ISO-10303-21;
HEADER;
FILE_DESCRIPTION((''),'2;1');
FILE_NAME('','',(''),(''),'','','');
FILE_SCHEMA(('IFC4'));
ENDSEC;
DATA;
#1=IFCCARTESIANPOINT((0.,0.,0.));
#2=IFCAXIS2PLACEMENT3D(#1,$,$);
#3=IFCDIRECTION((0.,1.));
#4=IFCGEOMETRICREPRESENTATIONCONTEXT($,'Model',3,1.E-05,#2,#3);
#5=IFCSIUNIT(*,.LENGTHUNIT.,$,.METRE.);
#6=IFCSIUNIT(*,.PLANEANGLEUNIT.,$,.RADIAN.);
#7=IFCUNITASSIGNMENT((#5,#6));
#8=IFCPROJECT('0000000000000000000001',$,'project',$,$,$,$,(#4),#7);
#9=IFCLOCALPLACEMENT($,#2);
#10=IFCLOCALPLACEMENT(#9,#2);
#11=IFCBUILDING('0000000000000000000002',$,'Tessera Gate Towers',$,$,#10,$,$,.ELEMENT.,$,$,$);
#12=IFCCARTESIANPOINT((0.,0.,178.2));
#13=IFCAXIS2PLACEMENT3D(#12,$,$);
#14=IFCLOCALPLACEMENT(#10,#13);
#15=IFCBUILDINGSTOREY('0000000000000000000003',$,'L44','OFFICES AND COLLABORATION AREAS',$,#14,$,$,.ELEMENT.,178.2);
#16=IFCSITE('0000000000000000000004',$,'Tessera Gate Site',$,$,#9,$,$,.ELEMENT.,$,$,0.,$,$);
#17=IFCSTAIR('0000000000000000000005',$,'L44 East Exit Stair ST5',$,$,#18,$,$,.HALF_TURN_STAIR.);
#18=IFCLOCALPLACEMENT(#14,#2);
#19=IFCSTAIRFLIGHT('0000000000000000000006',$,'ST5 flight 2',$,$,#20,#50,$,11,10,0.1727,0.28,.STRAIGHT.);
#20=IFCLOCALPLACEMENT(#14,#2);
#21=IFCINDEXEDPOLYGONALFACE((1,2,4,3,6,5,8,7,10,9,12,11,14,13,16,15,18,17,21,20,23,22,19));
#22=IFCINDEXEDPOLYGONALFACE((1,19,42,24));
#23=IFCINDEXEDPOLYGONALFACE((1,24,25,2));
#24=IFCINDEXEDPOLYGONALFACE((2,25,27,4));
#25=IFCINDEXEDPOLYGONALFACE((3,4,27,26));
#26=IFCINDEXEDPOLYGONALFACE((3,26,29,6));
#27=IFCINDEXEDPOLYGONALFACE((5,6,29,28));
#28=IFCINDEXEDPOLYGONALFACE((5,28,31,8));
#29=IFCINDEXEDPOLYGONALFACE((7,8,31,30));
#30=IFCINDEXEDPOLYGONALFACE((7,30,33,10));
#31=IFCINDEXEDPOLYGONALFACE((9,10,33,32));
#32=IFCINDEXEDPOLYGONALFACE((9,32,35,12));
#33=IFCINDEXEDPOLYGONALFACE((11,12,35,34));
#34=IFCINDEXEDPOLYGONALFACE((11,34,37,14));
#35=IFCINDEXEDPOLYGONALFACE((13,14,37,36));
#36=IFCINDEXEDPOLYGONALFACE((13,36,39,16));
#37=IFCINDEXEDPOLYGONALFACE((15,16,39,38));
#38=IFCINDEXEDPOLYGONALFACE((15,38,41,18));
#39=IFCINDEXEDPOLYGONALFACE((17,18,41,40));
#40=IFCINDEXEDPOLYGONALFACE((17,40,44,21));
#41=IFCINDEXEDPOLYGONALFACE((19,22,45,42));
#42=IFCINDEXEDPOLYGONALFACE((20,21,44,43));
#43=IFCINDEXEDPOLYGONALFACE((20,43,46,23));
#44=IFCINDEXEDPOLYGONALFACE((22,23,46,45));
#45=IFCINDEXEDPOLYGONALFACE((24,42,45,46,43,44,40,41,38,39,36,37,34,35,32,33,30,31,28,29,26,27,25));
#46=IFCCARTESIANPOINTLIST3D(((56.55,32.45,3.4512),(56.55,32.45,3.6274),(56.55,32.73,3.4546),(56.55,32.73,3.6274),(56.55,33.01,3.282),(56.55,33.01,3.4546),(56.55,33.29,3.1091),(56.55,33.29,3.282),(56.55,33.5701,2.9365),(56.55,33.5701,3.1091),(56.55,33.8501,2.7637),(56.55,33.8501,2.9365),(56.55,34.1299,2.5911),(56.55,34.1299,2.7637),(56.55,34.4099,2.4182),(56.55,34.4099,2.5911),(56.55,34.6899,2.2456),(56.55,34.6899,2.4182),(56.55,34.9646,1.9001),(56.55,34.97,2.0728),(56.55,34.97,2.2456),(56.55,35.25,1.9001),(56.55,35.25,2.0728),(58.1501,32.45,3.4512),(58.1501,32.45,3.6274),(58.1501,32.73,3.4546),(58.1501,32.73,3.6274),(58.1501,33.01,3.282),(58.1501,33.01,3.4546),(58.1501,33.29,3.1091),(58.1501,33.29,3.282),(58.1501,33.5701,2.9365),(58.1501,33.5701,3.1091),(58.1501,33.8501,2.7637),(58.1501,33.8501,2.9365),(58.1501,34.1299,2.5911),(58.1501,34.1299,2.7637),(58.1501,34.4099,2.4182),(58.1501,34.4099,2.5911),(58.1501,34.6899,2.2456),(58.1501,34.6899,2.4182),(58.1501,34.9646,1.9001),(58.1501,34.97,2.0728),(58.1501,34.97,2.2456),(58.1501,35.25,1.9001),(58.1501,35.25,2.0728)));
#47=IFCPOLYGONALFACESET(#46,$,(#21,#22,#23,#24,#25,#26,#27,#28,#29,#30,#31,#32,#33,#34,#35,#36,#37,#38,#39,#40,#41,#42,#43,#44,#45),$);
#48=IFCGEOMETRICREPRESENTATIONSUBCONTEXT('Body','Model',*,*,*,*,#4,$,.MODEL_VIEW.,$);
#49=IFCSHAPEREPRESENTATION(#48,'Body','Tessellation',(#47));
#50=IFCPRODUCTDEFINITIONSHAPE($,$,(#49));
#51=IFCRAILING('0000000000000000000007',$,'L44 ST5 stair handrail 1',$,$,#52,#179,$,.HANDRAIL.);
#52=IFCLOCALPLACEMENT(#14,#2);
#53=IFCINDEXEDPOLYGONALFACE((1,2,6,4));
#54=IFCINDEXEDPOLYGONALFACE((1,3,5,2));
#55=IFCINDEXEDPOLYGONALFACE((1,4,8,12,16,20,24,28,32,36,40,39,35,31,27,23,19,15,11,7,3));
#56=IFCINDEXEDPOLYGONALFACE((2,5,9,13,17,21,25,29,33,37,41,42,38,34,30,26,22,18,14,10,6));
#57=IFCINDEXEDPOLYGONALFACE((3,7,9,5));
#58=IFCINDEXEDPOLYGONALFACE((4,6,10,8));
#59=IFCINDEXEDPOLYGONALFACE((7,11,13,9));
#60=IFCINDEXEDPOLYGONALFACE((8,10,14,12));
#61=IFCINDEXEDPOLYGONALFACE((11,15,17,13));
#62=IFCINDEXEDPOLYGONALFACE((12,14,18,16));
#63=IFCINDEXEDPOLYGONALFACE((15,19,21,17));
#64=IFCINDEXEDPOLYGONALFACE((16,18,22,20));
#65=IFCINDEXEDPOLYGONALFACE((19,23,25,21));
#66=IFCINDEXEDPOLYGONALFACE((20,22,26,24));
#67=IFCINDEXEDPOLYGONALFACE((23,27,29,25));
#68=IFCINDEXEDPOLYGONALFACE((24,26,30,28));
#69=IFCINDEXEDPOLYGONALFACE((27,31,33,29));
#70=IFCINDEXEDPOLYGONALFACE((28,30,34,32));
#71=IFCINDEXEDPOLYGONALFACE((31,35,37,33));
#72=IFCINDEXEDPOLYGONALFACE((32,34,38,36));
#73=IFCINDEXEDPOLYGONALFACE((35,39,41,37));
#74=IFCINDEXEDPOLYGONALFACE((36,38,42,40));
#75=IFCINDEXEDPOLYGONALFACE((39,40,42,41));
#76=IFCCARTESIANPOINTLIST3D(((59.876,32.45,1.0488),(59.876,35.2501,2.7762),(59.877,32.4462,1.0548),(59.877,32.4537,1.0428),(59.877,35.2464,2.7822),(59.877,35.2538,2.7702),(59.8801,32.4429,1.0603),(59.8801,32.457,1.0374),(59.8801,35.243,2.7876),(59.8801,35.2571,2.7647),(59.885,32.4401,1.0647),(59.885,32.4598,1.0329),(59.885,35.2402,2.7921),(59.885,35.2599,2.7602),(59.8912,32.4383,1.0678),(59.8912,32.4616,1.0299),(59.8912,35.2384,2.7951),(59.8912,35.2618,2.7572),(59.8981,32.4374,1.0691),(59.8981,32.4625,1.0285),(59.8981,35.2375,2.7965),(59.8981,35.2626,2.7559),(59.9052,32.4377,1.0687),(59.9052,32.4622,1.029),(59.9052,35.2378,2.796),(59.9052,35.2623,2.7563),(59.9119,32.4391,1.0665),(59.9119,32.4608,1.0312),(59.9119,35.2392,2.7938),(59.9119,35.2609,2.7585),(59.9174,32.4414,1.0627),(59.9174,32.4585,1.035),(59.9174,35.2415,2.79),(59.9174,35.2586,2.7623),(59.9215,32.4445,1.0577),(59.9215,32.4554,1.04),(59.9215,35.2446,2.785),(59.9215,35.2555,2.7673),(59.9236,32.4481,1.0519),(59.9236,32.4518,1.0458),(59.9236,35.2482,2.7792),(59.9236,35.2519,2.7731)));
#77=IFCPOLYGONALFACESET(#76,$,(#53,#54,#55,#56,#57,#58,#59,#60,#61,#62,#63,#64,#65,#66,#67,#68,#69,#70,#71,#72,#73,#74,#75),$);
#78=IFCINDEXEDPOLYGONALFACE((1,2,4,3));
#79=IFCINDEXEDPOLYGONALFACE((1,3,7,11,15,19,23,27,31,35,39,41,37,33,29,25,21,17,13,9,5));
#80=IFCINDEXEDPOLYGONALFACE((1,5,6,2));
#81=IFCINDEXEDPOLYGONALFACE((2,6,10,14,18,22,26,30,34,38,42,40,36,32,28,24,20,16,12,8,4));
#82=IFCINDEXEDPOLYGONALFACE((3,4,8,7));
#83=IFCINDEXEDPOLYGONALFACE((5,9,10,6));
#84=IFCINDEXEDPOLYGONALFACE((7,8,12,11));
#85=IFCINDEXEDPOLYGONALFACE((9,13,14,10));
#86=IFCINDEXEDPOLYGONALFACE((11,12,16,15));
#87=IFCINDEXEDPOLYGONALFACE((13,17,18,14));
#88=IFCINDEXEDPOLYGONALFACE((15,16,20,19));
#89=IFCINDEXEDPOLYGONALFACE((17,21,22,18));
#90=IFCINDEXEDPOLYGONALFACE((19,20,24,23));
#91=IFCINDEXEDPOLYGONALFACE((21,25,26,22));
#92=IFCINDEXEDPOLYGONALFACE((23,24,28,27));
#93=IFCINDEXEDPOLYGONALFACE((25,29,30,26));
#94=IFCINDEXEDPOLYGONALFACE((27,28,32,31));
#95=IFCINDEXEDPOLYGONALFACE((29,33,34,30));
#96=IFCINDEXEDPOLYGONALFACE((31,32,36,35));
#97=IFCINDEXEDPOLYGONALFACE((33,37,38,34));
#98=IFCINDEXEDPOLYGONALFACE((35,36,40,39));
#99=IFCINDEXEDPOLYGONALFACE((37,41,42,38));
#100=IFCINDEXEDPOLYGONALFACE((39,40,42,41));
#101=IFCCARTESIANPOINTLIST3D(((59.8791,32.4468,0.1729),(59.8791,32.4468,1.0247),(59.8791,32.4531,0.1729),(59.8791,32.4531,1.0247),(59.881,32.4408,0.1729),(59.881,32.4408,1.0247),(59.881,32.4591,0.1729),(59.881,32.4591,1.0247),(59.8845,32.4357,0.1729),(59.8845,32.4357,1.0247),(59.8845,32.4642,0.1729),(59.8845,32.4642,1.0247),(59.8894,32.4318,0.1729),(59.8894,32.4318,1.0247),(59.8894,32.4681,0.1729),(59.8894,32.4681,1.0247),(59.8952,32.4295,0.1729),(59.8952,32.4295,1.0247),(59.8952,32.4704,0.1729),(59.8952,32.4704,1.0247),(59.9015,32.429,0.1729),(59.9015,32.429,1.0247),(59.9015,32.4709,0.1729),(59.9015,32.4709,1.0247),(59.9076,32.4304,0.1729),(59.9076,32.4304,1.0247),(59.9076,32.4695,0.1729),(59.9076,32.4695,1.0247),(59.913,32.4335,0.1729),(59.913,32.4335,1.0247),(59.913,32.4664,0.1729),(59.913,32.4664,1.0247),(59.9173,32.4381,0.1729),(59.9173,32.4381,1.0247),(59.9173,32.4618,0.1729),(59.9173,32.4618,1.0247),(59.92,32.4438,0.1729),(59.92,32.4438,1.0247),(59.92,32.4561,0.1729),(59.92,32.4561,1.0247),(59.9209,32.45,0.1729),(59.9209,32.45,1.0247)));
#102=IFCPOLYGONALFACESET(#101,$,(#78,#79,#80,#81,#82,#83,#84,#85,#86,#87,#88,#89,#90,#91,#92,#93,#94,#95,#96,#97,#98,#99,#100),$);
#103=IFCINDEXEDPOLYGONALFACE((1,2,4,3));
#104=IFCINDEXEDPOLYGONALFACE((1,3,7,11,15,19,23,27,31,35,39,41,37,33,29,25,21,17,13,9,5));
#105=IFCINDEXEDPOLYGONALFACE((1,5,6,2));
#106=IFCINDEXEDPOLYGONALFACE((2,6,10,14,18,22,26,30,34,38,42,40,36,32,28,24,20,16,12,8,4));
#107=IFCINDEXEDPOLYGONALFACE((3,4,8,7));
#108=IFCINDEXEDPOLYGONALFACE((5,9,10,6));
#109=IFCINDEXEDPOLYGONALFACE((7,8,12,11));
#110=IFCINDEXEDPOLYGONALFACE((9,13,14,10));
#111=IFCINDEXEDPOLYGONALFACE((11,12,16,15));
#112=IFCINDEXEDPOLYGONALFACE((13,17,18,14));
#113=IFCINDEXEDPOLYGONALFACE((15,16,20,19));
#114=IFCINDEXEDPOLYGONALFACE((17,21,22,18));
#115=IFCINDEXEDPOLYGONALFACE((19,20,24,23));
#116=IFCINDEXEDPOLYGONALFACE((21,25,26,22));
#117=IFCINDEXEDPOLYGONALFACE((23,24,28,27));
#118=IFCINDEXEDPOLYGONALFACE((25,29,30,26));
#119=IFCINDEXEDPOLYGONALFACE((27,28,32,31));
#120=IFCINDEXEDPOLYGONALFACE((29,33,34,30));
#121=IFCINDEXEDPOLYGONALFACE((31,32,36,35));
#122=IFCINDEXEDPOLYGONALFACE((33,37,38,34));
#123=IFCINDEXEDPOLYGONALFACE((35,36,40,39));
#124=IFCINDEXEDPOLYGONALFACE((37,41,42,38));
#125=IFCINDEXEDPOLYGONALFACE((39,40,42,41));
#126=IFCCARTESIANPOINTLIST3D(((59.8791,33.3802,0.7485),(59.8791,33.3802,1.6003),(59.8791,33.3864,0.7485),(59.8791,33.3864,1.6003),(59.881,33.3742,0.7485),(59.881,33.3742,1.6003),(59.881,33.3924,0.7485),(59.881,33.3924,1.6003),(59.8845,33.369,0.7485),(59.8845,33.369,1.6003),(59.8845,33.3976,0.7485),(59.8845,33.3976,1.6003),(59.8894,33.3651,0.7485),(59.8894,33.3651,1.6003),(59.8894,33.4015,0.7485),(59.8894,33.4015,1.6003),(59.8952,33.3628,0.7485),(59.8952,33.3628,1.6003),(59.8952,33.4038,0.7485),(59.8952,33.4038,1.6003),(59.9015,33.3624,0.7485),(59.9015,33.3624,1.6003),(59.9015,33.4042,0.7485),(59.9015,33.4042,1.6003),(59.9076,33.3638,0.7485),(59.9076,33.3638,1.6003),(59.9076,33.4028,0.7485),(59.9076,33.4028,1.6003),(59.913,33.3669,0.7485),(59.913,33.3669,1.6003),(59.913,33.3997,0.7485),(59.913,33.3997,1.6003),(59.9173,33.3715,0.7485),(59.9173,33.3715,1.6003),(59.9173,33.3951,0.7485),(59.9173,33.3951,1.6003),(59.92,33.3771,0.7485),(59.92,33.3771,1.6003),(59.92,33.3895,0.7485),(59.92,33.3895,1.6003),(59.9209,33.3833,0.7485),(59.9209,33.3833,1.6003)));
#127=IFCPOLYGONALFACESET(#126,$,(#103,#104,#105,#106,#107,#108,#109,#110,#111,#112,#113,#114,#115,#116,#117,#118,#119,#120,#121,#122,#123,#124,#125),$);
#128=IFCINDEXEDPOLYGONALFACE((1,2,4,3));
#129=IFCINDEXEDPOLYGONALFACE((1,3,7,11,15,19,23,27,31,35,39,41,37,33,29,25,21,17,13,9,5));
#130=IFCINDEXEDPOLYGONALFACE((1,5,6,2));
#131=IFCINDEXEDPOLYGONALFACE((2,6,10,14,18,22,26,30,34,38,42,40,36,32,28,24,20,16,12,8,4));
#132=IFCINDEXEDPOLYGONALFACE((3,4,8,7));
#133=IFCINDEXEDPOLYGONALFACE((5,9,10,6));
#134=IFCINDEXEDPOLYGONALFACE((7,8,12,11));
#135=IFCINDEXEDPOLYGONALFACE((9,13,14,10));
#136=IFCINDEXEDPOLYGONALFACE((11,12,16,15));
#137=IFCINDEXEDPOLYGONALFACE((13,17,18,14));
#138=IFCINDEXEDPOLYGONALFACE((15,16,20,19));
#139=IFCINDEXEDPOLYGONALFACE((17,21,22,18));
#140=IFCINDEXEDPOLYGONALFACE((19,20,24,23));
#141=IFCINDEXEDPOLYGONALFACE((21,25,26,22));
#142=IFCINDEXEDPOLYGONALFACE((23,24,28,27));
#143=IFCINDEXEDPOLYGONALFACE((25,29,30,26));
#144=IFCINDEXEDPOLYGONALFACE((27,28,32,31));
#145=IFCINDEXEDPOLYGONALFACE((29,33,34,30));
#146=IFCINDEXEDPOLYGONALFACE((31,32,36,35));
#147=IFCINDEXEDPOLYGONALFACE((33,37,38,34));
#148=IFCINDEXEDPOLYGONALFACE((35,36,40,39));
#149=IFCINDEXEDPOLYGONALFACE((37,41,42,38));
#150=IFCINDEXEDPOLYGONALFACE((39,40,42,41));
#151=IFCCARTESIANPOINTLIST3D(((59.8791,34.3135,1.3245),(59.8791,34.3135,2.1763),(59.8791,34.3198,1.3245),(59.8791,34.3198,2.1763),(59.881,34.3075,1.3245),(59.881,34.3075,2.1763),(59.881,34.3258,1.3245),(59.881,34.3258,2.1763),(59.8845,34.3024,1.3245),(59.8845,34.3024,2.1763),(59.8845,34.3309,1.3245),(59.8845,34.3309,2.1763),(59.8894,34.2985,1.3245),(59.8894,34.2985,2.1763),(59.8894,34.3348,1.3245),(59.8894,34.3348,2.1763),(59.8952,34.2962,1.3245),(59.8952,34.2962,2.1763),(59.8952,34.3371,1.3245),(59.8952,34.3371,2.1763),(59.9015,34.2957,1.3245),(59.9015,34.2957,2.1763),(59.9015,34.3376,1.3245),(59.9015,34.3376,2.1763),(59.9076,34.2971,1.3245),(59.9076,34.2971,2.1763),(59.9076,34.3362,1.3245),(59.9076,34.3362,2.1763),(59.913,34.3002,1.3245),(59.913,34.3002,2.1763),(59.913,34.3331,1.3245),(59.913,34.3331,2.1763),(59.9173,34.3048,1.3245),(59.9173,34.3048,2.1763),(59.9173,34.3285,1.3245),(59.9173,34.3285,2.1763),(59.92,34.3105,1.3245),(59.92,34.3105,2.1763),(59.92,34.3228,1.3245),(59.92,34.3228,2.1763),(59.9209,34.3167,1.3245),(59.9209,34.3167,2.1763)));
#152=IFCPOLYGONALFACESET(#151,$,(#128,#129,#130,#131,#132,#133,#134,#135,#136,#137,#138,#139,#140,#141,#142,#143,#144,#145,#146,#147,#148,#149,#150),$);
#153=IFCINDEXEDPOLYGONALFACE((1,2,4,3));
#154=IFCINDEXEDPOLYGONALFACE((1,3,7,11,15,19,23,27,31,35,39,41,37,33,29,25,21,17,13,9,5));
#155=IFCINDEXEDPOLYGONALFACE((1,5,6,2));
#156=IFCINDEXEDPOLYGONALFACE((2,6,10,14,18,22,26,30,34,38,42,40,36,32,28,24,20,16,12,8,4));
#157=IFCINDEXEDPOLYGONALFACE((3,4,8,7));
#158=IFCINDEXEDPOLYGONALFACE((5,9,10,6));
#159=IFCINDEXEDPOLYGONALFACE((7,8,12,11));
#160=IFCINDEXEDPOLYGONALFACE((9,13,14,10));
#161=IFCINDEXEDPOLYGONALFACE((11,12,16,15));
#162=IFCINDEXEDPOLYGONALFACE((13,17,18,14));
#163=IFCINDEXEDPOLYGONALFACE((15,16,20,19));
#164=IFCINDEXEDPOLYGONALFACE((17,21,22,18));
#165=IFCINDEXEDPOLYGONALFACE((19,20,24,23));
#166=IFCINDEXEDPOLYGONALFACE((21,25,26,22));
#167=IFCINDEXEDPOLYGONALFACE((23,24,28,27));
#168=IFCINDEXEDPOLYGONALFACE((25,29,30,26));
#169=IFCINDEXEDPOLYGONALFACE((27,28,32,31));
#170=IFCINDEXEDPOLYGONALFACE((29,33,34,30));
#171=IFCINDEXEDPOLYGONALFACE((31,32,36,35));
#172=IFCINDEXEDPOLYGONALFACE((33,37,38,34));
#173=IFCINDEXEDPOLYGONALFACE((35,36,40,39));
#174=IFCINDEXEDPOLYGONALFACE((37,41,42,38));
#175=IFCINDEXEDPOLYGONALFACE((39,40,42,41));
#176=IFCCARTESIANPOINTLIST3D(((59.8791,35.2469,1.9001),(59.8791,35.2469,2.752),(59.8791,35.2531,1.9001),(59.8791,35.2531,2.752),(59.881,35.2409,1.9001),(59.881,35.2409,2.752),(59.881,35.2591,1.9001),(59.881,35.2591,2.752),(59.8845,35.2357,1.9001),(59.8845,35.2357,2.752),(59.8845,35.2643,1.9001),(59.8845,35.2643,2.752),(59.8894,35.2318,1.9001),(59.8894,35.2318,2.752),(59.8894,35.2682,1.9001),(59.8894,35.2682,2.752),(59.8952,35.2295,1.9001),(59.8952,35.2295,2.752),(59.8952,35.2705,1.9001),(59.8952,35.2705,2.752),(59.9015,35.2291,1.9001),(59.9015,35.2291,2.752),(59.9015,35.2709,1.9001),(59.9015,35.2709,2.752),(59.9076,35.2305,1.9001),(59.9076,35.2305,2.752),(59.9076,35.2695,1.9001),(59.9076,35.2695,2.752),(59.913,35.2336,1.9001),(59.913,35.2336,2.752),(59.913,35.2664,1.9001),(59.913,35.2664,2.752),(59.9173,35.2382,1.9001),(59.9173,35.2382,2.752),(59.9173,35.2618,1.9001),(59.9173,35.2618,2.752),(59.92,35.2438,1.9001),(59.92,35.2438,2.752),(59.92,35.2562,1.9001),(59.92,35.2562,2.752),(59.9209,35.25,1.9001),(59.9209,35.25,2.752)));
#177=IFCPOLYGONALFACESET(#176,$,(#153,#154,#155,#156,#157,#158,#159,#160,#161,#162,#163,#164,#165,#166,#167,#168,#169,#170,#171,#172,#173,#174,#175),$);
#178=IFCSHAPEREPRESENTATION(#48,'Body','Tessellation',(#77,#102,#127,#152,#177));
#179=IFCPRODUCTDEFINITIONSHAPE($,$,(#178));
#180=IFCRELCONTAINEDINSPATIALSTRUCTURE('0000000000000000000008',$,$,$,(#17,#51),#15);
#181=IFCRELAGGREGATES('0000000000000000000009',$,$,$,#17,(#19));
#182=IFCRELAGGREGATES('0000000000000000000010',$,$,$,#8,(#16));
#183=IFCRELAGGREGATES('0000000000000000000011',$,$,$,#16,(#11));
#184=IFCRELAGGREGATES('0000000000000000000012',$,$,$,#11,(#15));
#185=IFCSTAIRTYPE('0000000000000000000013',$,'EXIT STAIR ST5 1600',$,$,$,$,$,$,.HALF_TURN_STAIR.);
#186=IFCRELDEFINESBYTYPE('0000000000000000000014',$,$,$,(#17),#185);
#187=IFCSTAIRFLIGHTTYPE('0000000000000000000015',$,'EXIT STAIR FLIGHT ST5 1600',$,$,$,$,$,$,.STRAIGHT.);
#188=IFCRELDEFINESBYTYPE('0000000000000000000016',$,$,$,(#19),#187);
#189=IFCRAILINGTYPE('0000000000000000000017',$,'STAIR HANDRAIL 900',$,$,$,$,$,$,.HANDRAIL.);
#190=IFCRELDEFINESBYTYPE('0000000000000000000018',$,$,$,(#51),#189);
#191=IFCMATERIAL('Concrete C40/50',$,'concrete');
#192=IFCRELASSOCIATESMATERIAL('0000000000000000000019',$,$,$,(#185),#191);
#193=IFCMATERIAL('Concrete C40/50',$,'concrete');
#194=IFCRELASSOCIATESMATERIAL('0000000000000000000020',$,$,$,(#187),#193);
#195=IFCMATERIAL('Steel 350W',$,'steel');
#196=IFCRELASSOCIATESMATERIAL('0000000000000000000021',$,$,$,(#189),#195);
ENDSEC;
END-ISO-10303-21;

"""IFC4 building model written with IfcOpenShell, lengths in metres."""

from ifc_helpers import new_model, si_unit, direction, frame, origin, origin_2d, place, context, subcontext, project, spatial, polyline, circle, outline, extrude, material, type_object, element, aggregate, save


model = new_model("IFC4")

# Units and contexts
model_context = context("Model", 3, precision=1e-05, world=origin(), true_north=direction((0.0, 1.0)))
body_context = subcontext(model_context, "Body", "Model", "MODEL_VIEW")
ifc_project = project(units=[si_unit("LENGTHUNIT", "METRE"), si_unit("PLANEANGLEUNIT", "RADIAN")], contexts=[model_context])

# Site, building, storey
site_placement = place(None, origin())
site = spatial("IfcSite", under=ifc_project, at=site_placement, Name="Tessera Gate Site", CompositionType="ELEMENT", RefElevation=0.0)
building_placement = place(site_placement, origin())
building = spatial("IfcBuilding", under=site, at=building_placement, Name="Tessera Gate Towers", CompositionType="ELEMENT")
storey_placement = place(building_placement, frame((0.0, 0.0, 178.2)))
storey = spatial("IfcBuildingStorey", under=building, at=storey_placement, Name="L44", Description="OFFICES AND COLLABORATION AREAS", CompositionType="ELEMENT", Elevation=178.2)

# Stair, stair flight
ifc_material_1 = material(Name="Concrete C40/50", Category="concrete")
stair_type_1 = type_object("IfcStairType", Name="EXIT STAIR ST5 1600", PredefinedType="HALF_TURN_STAIR", material=ifc_material_1)
stair_1_placement = place(storey_placement, origin())
stair_1 = element("IfcStair", 1, at=stair_1_placement, inside=storey, type_object=stair_type_1, Name="L44 East Exit Stair ST5", PredefinedType="HALF_TURN_STAIR")
ifc_material_2 = material(Name="Concrete C40/50", Category="concrete")
stair_flight_type_1 = type_object("IfcStairFlightType", Name="EXIT STAIR FLIGHT ST5 1600", PredefinedType="STRAIGHT", material=ifc_material_2)
stair_flight_1_placement = place(storey_placement, frame((57.3501, 35.25, 1.9001), z_axis=(0.0, 0.0, 1.0), x_axis=(0.0, -1.0, 0.0)))
stair_flight_1 = element("IfcStairFlight", 2, at=stair_flight_1_placement, type_object=stair_flight_type_1, Name="ST5 flight 2", NumberOfRisers=11, NumberOfTreads=10, PredefinedType="STRAIGHT", RiserHeight=0.1727, TreadLength=0.28, context=body_context, shape_type="SweptSolid", body=[
    extrude(outline(polyline([(0.0, 0.0), (0.0, 0.1726), (0.28, 0.1726), (0.28, 0.3455), (0.5601, 0.3455), (0.5601, 0.5181), (0.8401, 0.5181), (0.8401, 0.6909), (1.1201, 0.6909), (1.1201, 0.8635), (1.3999, 0.8635), (1.3999, 1.0364), (1.6799, 1.0364), (1.6799, 1.209), (1.96, 1.209), (1.96, 1.3818), (2.24, 1.3818), (2.24, 1.5544), (2.52, 1.5544), (2.52, 1.7273), (2.8, 1.7273), (2.8, 1.8999), (2.8, 1.551), (0.2854, 0.0), (0.0, 0.0)])), frame((0.0, 0.8, 0.0), z_axis=(0.0, -1.0, 0.0), x_axis=(1.0, 0.0, 0.0)), (0.0, 0.0, 1.0), 1.6001),
])
aggregate(stair_1, [stair_flight_1])

# Railing
ifc_material_3 = material(Name="Steel 350W", Category="steel")
railing_type_1 = type_object("IfcRailingType", Name="STAIR HANDRAIL 900", PredefinedType="HANDRAIL", material=ifc_material_3)
railing_1_placement = place(storey_placement, frame((59.8999, 32.45, 0.1729)))
element("IfcRailing", 3, at=railing_1_placement, inside=storey, type_object=railing_type_1, Name="L44 ST5 stair handrail 1", PredefinedType="HANDRAIL", context=body_context, shape_type="SweptSolid", body=[
    extrude(circle(Radius=0.0239, at=origin_2d()), frame((0.0, 0.0, 0.876), z_axis=(0.0, 0.85109, 0.52502), x_axis=(-1.0, 0.0, 0.0)), (0.0, 0.0, 1.0), 3.29),
    extrude(circle(Radius=0.021, at=origin_2d()), origin(), (0.0, 0.0, 1.0), 0.8518),
    extrude(circle(Radius=0.021, at=origin_2d()), frame((0.0, 0.9333, 0.5757)), (0.0, 0.0, 1.0), 0.8518),
    extrude(circle(Radius=0.021, at=origin_2d()), frame((0.0, 1.8667, 1.1516)), (0.0, 0.0, 1.0), 0.8518),
    extrude(circle(Radius=0.021, at=origin_2d()), frame((0.0, 2.8, 1.7273)), (0.0, 0.0, 1.0), 0.8518),
])

save(model, "model.ifc")
